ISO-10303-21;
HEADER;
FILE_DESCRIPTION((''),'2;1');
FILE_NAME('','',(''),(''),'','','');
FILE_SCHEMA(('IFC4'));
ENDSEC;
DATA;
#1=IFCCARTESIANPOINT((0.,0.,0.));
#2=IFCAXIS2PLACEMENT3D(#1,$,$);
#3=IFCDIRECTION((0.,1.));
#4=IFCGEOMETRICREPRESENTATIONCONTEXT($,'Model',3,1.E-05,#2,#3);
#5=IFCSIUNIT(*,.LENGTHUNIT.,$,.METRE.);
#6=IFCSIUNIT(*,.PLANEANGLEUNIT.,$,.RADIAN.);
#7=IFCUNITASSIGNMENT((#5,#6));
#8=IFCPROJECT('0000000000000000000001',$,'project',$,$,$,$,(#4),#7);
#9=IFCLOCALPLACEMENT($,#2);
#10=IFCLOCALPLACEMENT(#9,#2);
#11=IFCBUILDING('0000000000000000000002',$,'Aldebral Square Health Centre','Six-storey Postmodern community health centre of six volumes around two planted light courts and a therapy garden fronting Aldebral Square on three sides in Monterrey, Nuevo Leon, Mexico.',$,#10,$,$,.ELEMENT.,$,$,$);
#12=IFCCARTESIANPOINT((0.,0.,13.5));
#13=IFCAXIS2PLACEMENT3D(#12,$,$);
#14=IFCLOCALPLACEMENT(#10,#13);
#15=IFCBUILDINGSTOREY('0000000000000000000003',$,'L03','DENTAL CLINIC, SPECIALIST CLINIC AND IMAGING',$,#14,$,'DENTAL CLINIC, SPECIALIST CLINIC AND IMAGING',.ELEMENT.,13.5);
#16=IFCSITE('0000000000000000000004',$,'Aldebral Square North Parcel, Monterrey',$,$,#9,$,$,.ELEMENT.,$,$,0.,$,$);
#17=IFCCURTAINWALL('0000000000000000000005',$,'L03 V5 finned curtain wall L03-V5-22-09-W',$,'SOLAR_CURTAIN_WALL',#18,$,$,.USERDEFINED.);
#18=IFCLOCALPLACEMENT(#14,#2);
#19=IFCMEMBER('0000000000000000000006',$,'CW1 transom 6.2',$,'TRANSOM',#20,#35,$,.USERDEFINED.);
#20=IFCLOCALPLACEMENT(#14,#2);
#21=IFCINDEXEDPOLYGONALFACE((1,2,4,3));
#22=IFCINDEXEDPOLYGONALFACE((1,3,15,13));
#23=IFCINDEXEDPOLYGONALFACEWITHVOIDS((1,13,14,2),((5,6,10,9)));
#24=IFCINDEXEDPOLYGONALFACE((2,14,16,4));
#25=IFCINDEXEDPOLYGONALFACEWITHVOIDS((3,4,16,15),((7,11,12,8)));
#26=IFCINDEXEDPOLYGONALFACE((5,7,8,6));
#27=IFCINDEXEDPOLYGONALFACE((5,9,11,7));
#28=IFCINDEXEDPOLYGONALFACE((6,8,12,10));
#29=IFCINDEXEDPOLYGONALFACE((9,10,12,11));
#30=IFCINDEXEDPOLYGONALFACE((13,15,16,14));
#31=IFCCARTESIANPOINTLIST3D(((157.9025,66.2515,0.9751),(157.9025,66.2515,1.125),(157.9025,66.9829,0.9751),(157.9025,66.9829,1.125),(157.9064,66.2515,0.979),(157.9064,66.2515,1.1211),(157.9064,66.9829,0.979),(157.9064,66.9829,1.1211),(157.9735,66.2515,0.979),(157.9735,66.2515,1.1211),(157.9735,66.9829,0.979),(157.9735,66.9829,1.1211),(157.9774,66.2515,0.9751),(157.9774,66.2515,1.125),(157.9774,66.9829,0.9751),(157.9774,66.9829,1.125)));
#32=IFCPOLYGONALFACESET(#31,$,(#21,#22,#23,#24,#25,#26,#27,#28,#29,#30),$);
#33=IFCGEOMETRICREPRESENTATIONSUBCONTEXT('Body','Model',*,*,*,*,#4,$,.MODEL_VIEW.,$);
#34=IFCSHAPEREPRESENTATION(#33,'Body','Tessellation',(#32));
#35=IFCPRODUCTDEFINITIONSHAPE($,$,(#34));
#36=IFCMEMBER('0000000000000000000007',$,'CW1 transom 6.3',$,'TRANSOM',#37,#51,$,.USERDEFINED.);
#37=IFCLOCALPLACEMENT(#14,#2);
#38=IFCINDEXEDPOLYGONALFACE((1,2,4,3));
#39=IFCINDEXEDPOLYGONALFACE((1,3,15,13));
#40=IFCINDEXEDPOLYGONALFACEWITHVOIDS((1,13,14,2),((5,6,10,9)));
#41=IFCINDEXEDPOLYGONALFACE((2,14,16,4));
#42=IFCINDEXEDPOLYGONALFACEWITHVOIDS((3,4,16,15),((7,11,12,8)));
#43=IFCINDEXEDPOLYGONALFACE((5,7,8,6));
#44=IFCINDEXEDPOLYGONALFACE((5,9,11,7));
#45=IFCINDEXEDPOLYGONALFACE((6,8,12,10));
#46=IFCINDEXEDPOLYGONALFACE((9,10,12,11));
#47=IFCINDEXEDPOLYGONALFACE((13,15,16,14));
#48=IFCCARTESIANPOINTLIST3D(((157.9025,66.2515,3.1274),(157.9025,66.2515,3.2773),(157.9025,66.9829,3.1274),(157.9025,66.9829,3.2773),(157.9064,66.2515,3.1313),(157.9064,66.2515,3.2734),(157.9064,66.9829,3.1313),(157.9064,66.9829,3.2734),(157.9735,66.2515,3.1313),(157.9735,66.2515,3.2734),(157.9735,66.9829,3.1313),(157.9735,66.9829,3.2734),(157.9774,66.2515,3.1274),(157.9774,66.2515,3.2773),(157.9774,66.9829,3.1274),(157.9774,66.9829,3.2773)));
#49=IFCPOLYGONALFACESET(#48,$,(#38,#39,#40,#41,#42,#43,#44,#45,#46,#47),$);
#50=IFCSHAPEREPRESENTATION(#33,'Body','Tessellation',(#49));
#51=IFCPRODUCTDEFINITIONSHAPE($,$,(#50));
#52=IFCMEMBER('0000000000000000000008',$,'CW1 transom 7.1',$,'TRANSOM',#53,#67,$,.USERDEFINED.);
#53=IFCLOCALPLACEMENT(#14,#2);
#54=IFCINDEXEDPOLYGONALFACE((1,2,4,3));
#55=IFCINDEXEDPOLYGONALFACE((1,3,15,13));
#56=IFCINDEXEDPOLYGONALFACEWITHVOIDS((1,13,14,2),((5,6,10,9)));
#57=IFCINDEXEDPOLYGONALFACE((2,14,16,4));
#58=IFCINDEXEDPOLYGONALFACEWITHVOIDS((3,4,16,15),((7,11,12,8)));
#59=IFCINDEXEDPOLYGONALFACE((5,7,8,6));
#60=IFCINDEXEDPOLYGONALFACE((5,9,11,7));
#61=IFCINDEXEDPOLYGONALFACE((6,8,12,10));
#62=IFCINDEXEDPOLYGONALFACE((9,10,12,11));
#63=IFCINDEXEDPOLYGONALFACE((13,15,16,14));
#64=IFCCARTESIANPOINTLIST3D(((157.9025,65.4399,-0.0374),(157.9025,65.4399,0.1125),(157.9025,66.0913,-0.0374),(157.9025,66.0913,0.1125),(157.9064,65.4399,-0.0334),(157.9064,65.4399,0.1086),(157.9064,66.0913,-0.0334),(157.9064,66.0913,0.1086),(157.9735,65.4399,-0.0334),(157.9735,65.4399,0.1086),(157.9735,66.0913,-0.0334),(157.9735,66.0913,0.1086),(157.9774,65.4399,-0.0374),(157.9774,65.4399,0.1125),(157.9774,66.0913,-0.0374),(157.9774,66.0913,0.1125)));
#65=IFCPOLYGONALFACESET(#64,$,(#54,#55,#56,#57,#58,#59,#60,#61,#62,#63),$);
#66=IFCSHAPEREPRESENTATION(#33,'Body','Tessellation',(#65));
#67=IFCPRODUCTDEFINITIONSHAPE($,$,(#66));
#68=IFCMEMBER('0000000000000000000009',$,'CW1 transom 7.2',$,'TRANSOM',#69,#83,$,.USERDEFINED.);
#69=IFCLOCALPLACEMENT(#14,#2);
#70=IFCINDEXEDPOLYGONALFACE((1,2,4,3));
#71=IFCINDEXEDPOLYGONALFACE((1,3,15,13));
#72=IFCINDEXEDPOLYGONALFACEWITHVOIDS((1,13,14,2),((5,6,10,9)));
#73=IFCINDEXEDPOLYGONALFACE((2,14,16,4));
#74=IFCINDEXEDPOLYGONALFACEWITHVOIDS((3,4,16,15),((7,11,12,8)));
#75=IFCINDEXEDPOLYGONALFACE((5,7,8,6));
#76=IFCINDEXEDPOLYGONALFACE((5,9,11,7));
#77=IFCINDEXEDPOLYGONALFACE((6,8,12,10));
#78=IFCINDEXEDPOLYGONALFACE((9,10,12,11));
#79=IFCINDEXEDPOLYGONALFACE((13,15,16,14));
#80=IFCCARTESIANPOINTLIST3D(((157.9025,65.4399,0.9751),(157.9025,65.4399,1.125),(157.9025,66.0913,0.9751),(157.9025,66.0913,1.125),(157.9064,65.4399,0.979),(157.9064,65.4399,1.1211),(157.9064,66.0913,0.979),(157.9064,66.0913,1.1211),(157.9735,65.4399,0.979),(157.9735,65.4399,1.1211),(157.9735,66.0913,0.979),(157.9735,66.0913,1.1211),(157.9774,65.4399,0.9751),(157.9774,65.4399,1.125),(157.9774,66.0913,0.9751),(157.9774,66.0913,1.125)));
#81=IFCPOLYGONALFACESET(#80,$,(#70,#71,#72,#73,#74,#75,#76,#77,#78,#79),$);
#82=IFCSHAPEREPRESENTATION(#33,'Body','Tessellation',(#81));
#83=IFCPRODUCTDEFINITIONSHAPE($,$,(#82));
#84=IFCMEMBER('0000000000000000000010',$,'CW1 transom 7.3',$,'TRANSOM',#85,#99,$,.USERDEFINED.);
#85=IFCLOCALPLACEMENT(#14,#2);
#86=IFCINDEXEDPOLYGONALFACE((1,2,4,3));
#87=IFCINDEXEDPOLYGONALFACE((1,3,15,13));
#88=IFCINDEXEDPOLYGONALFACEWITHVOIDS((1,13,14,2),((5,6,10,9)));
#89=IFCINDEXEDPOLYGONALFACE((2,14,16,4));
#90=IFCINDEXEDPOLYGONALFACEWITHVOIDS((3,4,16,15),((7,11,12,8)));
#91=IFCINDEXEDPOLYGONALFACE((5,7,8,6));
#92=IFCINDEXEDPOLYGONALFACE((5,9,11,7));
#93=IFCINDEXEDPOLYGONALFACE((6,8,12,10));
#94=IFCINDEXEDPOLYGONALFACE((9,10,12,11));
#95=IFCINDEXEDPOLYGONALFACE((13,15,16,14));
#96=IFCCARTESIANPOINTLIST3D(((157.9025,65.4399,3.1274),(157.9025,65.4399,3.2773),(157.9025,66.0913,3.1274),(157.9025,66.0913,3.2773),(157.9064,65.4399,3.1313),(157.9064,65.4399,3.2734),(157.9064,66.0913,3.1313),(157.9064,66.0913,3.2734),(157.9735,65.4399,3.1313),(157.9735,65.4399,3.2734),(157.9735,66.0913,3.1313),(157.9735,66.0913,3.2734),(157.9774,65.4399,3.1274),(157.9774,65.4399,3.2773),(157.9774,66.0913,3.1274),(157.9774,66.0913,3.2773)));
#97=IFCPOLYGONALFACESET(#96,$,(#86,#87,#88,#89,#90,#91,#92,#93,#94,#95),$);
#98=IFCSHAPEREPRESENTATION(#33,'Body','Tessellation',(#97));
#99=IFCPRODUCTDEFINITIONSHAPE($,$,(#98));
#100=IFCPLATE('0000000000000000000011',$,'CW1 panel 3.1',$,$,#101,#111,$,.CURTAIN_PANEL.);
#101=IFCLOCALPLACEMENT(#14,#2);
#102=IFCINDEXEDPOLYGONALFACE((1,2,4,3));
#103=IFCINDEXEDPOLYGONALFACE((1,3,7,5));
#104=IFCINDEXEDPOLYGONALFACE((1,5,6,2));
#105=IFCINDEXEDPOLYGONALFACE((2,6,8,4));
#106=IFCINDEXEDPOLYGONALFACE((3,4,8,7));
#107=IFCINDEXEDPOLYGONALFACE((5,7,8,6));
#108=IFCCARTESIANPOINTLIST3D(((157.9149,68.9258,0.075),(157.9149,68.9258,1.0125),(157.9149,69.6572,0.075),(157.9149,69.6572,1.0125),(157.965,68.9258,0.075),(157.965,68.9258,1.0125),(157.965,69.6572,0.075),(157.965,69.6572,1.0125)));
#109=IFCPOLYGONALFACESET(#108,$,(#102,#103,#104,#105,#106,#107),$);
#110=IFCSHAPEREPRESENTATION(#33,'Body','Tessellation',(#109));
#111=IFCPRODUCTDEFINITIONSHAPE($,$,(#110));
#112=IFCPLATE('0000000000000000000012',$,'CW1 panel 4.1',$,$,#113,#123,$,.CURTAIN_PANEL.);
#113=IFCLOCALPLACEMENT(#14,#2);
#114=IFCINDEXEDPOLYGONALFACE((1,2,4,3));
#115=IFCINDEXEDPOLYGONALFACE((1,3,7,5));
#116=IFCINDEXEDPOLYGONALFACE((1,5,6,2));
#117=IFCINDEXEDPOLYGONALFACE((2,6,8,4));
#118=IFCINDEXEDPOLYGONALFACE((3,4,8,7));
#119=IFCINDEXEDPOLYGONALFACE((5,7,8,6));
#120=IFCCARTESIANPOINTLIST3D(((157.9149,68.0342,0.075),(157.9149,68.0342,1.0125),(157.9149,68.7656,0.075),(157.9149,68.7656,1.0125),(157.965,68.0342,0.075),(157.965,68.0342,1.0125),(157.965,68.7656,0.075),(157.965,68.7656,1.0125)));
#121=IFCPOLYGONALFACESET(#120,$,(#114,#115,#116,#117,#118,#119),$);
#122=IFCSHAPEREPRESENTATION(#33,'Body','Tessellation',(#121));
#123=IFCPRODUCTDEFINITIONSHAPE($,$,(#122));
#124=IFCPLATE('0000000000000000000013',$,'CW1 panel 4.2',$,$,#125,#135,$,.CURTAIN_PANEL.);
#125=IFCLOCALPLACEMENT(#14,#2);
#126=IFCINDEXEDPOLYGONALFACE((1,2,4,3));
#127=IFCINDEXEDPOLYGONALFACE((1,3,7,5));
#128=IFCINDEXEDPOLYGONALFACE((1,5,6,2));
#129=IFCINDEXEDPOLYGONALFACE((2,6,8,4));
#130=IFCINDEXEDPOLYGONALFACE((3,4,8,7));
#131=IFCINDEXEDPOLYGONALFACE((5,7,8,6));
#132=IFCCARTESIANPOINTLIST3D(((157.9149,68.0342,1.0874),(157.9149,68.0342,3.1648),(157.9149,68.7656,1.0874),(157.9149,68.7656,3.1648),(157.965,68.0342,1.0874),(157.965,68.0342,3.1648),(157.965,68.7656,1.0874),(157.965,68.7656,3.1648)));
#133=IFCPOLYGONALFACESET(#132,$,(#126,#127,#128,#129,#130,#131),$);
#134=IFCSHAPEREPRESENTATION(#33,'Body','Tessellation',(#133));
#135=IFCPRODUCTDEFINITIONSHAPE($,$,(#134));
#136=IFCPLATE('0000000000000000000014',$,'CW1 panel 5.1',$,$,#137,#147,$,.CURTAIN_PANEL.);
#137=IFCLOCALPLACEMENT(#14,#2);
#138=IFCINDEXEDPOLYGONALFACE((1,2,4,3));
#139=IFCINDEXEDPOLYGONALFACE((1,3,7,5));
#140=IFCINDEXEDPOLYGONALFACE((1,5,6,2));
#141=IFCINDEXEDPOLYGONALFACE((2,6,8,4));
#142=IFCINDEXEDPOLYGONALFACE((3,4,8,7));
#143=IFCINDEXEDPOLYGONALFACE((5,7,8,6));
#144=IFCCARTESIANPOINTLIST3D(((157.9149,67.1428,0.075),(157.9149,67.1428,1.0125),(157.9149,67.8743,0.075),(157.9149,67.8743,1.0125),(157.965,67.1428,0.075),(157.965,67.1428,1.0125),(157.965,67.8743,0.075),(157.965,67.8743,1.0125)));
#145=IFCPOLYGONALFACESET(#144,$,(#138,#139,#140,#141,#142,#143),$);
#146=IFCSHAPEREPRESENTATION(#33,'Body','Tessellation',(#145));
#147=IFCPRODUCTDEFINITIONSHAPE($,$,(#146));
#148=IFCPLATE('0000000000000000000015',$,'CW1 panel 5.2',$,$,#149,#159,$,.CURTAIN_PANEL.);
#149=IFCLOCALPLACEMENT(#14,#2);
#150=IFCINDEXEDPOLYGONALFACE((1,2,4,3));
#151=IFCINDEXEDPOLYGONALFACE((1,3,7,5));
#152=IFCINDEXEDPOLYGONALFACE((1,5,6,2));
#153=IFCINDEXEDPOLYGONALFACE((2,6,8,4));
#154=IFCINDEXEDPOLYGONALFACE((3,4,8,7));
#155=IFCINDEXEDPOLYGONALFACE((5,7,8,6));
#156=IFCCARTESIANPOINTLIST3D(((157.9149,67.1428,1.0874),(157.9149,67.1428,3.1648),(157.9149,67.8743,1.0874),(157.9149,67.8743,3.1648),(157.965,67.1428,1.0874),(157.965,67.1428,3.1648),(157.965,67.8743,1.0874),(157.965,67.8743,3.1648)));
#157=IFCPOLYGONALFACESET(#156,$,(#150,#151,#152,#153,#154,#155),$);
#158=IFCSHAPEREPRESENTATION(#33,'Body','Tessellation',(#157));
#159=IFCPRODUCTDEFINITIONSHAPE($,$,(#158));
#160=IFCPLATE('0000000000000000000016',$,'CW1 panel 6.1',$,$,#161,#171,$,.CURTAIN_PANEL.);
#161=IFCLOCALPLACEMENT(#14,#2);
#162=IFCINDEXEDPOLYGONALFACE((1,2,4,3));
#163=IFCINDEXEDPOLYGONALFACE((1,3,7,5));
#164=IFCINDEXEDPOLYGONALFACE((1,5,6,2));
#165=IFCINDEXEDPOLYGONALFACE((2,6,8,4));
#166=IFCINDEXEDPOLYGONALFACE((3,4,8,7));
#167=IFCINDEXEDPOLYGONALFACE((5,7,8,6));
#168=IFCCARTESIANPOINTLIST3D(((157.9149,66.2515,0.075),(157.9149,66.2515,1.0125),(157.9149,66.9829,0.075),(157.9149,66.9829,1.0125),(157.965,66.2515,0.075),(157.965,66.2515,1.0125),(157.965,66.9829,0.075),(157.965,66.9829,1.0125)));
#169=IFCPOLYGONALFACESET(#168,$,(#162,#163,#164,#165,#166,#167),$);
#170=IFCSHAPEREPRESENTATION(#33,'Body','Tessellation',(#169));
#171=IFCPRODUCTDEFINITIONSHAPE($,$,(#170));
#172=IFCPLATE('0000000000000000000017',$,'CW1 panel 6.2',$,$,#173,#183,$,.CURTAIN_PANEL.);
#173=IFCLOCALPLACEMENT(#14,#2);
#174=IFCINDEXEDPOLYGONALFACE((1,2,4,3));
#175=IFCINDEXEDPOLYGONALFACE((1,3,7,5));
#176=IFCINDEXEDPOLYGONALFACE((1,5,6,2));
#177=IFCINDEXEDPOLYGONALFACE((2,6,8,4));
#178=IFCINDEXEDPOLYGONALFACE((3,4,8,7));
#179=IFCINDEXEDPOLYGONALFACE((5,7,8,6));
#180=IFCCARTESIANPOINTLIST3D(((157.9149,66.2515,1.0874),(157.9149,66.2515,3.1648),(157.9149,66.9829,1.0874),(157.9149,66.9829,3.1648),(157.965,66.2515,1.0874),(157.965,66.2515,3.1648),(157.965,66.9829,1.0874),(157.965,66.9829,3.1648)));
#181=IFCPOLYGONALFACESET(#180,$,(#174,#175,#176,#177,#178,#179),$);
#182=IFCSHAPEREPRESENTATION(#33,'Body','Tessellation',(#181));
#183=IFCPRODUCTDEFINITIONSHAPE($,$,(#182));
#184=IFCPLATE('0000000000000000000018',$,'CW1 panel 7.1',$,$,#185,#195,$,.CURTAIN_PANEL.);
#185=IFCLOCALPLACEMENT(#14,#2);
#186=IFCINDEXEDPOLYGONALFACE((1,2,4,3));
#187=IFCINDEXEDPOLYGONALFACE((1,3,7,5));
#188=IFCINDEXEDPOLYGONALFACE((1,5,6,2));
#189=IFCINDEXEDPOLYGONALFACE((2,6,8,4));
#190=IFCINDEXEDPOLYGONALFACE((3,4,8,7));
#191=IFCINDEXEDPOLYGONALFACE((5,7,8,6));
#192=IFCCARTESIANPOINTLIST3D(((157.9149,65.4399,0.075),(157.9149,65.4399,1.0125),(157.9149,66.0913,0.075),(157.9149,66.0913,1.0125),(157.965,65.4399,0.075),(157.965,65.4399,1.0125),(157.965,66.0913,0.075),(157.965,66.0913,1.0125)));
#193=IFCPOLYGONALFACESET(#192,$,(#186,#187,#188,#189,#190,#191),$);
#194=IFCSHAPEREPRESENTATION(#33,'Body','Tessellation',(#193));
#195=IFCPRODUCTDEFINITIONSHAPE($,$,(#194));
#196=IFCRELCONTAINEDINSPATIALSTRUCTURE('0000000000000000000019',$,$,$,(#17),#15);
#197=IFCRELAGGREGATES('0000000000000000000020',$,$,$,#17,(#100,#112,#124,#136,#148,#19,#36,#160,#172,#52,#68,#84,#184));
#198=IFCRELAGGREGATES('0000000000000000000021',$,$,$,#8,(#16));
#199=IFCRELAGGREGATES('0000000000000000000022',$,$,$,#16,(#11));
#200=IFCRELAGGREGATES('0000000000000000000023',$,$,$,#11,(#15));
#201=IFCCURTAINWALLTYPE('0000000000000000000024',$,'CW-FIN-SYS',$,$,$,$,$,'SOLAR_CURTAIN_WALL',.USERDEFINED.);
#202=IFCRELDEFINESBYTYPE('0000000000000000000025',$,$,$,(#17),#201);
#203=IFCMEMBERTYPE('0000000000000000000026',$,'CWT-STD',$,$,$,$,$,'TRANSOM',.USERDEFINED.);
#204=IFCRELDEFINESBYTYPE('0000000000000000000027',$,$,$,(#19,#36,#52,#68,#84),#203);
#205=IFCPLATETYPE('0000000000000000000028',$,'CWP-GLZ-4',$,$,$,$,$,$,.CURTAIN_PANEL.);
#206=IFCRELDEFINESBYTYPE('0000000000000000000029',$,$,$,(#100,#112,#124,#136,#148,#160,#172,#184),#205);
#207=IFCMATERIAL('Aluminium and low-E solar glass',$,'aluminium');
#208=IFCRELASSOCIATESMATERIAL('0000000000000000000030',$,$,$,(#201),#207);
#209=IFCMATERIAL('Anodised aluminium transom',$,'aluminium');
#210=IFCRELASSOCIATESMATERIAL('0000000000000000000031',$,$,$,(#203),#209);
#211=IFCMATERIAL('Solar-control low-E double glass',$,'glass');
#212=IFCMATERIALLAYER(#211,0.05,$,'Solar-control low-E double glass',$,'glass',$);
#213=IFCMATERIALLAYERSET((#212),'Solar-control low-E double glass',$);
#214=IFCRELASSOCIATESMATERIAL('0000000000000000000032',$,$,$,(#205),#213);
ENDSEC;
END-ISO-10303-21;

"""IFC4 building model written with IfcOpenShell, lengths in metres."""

from ifc_helpers import new_model, si_unit, direction, frame, origin, origin_2d, place, context, subcontext, project, spatial, rectangle, hollow_rectangle, extrude, material, layer, layer_set, material_profile, profile_set, type_object, element, aggregate, save


model = new_model("IFC4")

# Units and contexts
model_context = context("Model", 3, precision=1e-05, world=origin(), true_north=direction((0.0, 1.0)))
body_context = subcontext(model_context, "Body", "Model", "MODEL_VIEW")
ifc_project = project(units=[si_unit("LENGTHUNIT", "METRE"), si_unit("PLANEANGLEUNIT", "RADIAN")], contexts=[model_context])

# Site, building, storey
site_placement = place(None, origin())
site = spatial("IfcSite", under=ifc_project, at=site_placement, Name="Aldebral Square North Parcel, Monterrey", CompositionType="ELEMENT", RefElevation=0.0)
building_placement = place(site_placement, origin())
building = spatial("IfcBuilding", under=site, at=building_placement, Name="Aldebral Square Health Centre", Description="Six-storey Postmodern community health centre of six volumes around two planted light courts and a therapy garden fronting Aldebral Square on three sides in Monterrey, Nuevo Leon, Mexico.", CompositionType="ELEMENT")
storey_placement = place(building_placement, frame((0.0, 0.0, 13.5)))
storey = spatial("IfcBuildingStorey", under=building, at=storey_placement, Name="L03", Description="DENTAL CLINIC, SPECIALIST CLINIC AND IMAGING", LongName="DENTAL CLINIC, SPECIALIST CLINIC AND IMAGING", CompositionType="ELEMENT", Elevation=13.5)

# Curtain wall, members, plates
ifc_material_1 = material(Name="Aluminium and low-E solar glass", Category="aluminium")
curtain_wall_type = type_object("IfcCurtainWallType", Name="CW-FIN-SYS", ElementType="SOLAR_CURTAIN_WALL", PredefinedType="USERDEFINED", material=ifc_material_1)
curtain_wall_placement = place(storey_placement, origin())
curtain_wall = element("IfcCurtainWall", 1, at=curtain_wall_placement, inside=storey, type_object=curtain_wall_type, Name="L03 V5 finned curtain wall L03-V5-22-09-W", ObjectType="SOLAR_CURTAIN_WALL", PredefinedType="USERDEFINED")
ifc_material_2 = material(Name="Anodised aluminium transom", Category="aluminium")
ifc_material_profile_1 = material_profile(ifc_material_2, hollow_rectangle(XDim=0.075, YDim=0.1499, WallThickness=0.0039, at=origin_2d()), Name="CWT 75x150x4")
ifc_profile_set_1 = profile_set([ifc_material_profile_1], Name="Anodised aluminium transom")
member_type_1 = type_object("IfcMemberType", Name="CWT-STD", ElementType="TRANSOM", PredefinedType="USERDEFINED", material=ifc_profile_set_1)
member_1_placement = place(storey_placement, frame((157.9399, 66.9829, 1.05), z_axis=(0.0, -1.0, 0.0), x_axis=(1.0, 0.0, 0.0)))
member_1 = element("IfcMember", 2, at=member_1_placement, type_object=member_type_1, Name="CW1 transom 6.2", ObjectType="TRANSOM", PredefinedType="USERDEFINED", context=body_context, shape_type="SweptSolid", body=[
    extrude(hollow_rectangle(XDim=0.075, YDim=0.1499, WallThickness=0.0039, at=origin_2d()), origin(), (0.0, 0.0, 1.0), 0.7314),
])
member_2_placement = place(storey_placement, frame((157.9399, 66.9829, 3.2024), z_axis=(0.0, -1.0, 0.0), x_axis=(1.0, 0.0, 0.0)))
member_2 = element("IfcMember", 3, at=member_2_placement, type_object=member_type_1, Name="CW1 transom 6.3", ObjectType="TRANSOM", PredefinedType="USERDEFINED", context=body_context, shape_type="SweptSolid", body=[
    extrude(hollow_rectangle(XDim=0.075, YDim=0.1499, WallThickness=0.0039, at=origin_2d()), origin(), (0.0, 0.0, 1.0), 0.7314),
])
member_3_placement = place(storey_placement, frame((157.9399, 66.0913, 0.0376), z_axis=(0.0, -1.0, 0.0), x_axis=(1.0, 0.0, 0.0)))
member_3 = element("IfcMember", 4, at=member_3_placement, type_object=member_type_1, Name="CW1 transom 7.1", ObjectType="TRANSOM", PredefinedType="USERDEFINED", context=body_context, shape_type="SweptSolid", body=[
    extrude(hollow_rectangle(XDim=0.075, YDim=0.1499, WallThickness=0.0039, at=origin_2d()), origin(), (0.0, 0.0, 1.0), 0.6514),
])
member_4_placement = place(storey_placement, frame((157.9399, 66.0913, 1.05), z_axis=(0.0, -1.0, 0.0), x_axis=(1.0, 0.0, 0.0)))
member_4 = element("IfcMember", 5, at=member_4_placement, type_object=member_type_1, Name="CW1 transom 7.2", ObjectType="TRANSOM", PredefinedType="USERDEFINED", context=body_context, shape_type="SweptSolid", body=[
    extrude(hollow_rectangle(XDim=0.075, YDim=0.1499, WallThickness=0.0039, at=origin_2d()), origin(), (0.0, 0.0, 1.0), 0.6514),
])
member_5_placement = place(storey_placement, frame((157.9399, 66.0913, 3.2024), z_axis=(0.0, -1.0, 0.0), x_axis=(1.0, 0.0, 0.0)))
member_5 = element("IfcMember", 6, at=member_5_placement, type_object=member_type_1, Name="CW1 transom 7.3", ObjectType="TRANSOM", PredefinedType="USERDEFINED", context=body_context, shape_type="SweptSolid", body=[
    extrude(hollow_rectangle(XDim=0.075, YDim=0.1499, WallThickness=0.0039, at=origin_2d()), origin(), (0.0, 0.0, 1.0), 0.6514),
])
ifc_material_3 = material(Name="Solar-control low-E double glass", Category="glass")
ifc_layer = layer(ifc_material_3, 0.05, Name="Solar-control low-E double glass", Category="glass")
ifc_layer_set = layer_set([ifc_layer], Name="Solar-control low-E double glass")
plate_type = type_object("IfcPlateType", Name="CWP-GLZ-4", PredefinedType="CURTAIN_PANEL", material=ifc_layer_set)
plate_1_placement = place(storey_placement, frame((157.9399, 69.2915, 0.075), z_axis=(0.0, 0.0, 1.0), x_axis=(0.0, -1.0, 0.0)))
plate_1 = element("IfcPlate", 7, at=plate_1_placement, type_object=plate_type, Name="CW1 panel 3.1", PredefinedType="CURTAIN_PANEL", context=body_context, shape_type="SweptSolid", body=[
    extrude(rectangle(XDim=0.7314, YDim=0.05, at=origin_2d()), origin(), (0.0, 0.0, 1.0), 0.9375),
])
plate_2_placement = place(storey_placement, frame((157.9399, 68.3999, 0.075), z_axis=(0.0, 0.0, 1.0), x_axis=(0.0, -1.0, 0.0)))
plate_2 = element("IfcPlate", 8, at=plate_2_placement, type_object=plate_type, Name="CW1 panel 4.1", PredefinedType="CURTAIN_PANEL", context=body_context, shape_type="SweptSolid", body=[
    extrude(rectangle(XDim=0.7314, YDim=0.05, at=origin_2d()), origin(), (0.0, 0.0, 1.0), 0.9375),
])
plate_3_placement = place(storey_placement, frame((157.9399, 68.3999, 1.0874), z_axis=(0.0, 0.0, 1.0), x_axis=(0.0, -1.0, 0.0)))
plate_3 = element("IfcPlate", 9, at=plate_3_placement, type_object=plate_type, Name="CW1 panel 4.2", PredefinedType="CURTAIN_PANEL", context=body_context, shape_type="SweptSolid", body=[
    extrude(rectangle(XDim=0.7314, YDim=0.05, at=origin_2d()), origin(), (0.0, 0.0, 1.0), 2.0774),
])
plate_4_placement = place(storey_placement, frame((157.9399, 67.5085, 0.075), z_axis=(0.0, 0.0, 1.0), x_axis=(0.0, -1.0, 0.0)))
plate_4 = element("IfcPlate", 10, at=plate_4_placement, type_object=plate_type, Name="CW1 panel 5.1", PredefinedType="CURTAIN_PANEL", context=body_context, shape_type="SweptSolid", body=[
    extrude(rectangle(XDim=0.7314, YDim=0.05, at=origin_2d()), origin(), (0.0, 0.0, 1.0), 0.9375),
])
plate_5_placement = place(storey_placement, frame((157.9399, 67.5085, 1.0874), z_axis=(0.0, 0.0, 1.0), x_axis=(0.0, -1.0, 0.0)))
plate_5 = element("IfcPlate", 11, at=plate_5_placement, type_object=plate_type, Name="CW1 panel 5.2", PredefinedType="CURTAIN_PANEL", context=body_context, shape_type="SweptSolid", body=[
    extrude(rectangle(XDim=0.7314, YDim=0.05, at=origin_2d()), origin(), (0.0, 0.0, 1.0), 2.0774),
])
plate_6_placement = place(storey_placement, frame((157.9399, 66.6172, 0.075), z_axis=(0.0, 0.0, 1.0), x_axis=(0.0, -1.0, 0.0)))
plate_6 = element("IfcPlate", 12, at=plate_6_placement, type_object=plate_type, Name="CW1 panel 6.1", PredefinedType="CURTAIN_PANEL", context=body_context, shape_type="SweptSolid", body=[
    extrude(rectangle(XDim=0.7314, YDim=0.05, at=origin_2d()), origin(), (0.0, 0.0, 1.0), 0.9375),
])
plate_7_placement = place(storey_placement, frame((157.9399, 66.6172, 1.0874), z_axis=(0.0, 0.0, 1.0), x_axis=(0.0, -1.0, 0.0)))
plate_7 = element("IfcPlate", 13, at=plate_7_placement, type_object=plate_type, Name="CW1 panel 6.2", PredefinedType="CURTAIN_PANEL", context=body_context, shape_type="SweptSolid", body=[
    extrude(rectangle(XDim=0.7314, YDim=0.05, at=origin_2d()), origin(), (0.0, 0.0, 1.0), 2.0774),
])
plate_8_placement = place(storey_placement, frame((157.9399, 65.7656, 0.075), z_axis=(0.0, 0.0, 1.0), x_axis=(0.0, -1.0, 0.0)))
plate_8 = element("IfcPlate", 14, at=plate_8_placement, type_object=plate_type, Name="CW1 panel 7.1", PredefinedType="CURTAIN_PANEL", context=body_context, shape_type="SweptSolid", body=[
    extrude(rectangle(XDim=0.6514, YDim=0.05, at=origin_2d()), origin(), (0.0, 0.0, 1.0), 0.9375),
])
aggregate(curtain_wall, [plate_1, plate_2, plate_3, plate_4, plate_5, member_1, member_2, plate_6, plate_7, member_3, member_4, member_5, plate_8])

save(model, "model.ifc")
